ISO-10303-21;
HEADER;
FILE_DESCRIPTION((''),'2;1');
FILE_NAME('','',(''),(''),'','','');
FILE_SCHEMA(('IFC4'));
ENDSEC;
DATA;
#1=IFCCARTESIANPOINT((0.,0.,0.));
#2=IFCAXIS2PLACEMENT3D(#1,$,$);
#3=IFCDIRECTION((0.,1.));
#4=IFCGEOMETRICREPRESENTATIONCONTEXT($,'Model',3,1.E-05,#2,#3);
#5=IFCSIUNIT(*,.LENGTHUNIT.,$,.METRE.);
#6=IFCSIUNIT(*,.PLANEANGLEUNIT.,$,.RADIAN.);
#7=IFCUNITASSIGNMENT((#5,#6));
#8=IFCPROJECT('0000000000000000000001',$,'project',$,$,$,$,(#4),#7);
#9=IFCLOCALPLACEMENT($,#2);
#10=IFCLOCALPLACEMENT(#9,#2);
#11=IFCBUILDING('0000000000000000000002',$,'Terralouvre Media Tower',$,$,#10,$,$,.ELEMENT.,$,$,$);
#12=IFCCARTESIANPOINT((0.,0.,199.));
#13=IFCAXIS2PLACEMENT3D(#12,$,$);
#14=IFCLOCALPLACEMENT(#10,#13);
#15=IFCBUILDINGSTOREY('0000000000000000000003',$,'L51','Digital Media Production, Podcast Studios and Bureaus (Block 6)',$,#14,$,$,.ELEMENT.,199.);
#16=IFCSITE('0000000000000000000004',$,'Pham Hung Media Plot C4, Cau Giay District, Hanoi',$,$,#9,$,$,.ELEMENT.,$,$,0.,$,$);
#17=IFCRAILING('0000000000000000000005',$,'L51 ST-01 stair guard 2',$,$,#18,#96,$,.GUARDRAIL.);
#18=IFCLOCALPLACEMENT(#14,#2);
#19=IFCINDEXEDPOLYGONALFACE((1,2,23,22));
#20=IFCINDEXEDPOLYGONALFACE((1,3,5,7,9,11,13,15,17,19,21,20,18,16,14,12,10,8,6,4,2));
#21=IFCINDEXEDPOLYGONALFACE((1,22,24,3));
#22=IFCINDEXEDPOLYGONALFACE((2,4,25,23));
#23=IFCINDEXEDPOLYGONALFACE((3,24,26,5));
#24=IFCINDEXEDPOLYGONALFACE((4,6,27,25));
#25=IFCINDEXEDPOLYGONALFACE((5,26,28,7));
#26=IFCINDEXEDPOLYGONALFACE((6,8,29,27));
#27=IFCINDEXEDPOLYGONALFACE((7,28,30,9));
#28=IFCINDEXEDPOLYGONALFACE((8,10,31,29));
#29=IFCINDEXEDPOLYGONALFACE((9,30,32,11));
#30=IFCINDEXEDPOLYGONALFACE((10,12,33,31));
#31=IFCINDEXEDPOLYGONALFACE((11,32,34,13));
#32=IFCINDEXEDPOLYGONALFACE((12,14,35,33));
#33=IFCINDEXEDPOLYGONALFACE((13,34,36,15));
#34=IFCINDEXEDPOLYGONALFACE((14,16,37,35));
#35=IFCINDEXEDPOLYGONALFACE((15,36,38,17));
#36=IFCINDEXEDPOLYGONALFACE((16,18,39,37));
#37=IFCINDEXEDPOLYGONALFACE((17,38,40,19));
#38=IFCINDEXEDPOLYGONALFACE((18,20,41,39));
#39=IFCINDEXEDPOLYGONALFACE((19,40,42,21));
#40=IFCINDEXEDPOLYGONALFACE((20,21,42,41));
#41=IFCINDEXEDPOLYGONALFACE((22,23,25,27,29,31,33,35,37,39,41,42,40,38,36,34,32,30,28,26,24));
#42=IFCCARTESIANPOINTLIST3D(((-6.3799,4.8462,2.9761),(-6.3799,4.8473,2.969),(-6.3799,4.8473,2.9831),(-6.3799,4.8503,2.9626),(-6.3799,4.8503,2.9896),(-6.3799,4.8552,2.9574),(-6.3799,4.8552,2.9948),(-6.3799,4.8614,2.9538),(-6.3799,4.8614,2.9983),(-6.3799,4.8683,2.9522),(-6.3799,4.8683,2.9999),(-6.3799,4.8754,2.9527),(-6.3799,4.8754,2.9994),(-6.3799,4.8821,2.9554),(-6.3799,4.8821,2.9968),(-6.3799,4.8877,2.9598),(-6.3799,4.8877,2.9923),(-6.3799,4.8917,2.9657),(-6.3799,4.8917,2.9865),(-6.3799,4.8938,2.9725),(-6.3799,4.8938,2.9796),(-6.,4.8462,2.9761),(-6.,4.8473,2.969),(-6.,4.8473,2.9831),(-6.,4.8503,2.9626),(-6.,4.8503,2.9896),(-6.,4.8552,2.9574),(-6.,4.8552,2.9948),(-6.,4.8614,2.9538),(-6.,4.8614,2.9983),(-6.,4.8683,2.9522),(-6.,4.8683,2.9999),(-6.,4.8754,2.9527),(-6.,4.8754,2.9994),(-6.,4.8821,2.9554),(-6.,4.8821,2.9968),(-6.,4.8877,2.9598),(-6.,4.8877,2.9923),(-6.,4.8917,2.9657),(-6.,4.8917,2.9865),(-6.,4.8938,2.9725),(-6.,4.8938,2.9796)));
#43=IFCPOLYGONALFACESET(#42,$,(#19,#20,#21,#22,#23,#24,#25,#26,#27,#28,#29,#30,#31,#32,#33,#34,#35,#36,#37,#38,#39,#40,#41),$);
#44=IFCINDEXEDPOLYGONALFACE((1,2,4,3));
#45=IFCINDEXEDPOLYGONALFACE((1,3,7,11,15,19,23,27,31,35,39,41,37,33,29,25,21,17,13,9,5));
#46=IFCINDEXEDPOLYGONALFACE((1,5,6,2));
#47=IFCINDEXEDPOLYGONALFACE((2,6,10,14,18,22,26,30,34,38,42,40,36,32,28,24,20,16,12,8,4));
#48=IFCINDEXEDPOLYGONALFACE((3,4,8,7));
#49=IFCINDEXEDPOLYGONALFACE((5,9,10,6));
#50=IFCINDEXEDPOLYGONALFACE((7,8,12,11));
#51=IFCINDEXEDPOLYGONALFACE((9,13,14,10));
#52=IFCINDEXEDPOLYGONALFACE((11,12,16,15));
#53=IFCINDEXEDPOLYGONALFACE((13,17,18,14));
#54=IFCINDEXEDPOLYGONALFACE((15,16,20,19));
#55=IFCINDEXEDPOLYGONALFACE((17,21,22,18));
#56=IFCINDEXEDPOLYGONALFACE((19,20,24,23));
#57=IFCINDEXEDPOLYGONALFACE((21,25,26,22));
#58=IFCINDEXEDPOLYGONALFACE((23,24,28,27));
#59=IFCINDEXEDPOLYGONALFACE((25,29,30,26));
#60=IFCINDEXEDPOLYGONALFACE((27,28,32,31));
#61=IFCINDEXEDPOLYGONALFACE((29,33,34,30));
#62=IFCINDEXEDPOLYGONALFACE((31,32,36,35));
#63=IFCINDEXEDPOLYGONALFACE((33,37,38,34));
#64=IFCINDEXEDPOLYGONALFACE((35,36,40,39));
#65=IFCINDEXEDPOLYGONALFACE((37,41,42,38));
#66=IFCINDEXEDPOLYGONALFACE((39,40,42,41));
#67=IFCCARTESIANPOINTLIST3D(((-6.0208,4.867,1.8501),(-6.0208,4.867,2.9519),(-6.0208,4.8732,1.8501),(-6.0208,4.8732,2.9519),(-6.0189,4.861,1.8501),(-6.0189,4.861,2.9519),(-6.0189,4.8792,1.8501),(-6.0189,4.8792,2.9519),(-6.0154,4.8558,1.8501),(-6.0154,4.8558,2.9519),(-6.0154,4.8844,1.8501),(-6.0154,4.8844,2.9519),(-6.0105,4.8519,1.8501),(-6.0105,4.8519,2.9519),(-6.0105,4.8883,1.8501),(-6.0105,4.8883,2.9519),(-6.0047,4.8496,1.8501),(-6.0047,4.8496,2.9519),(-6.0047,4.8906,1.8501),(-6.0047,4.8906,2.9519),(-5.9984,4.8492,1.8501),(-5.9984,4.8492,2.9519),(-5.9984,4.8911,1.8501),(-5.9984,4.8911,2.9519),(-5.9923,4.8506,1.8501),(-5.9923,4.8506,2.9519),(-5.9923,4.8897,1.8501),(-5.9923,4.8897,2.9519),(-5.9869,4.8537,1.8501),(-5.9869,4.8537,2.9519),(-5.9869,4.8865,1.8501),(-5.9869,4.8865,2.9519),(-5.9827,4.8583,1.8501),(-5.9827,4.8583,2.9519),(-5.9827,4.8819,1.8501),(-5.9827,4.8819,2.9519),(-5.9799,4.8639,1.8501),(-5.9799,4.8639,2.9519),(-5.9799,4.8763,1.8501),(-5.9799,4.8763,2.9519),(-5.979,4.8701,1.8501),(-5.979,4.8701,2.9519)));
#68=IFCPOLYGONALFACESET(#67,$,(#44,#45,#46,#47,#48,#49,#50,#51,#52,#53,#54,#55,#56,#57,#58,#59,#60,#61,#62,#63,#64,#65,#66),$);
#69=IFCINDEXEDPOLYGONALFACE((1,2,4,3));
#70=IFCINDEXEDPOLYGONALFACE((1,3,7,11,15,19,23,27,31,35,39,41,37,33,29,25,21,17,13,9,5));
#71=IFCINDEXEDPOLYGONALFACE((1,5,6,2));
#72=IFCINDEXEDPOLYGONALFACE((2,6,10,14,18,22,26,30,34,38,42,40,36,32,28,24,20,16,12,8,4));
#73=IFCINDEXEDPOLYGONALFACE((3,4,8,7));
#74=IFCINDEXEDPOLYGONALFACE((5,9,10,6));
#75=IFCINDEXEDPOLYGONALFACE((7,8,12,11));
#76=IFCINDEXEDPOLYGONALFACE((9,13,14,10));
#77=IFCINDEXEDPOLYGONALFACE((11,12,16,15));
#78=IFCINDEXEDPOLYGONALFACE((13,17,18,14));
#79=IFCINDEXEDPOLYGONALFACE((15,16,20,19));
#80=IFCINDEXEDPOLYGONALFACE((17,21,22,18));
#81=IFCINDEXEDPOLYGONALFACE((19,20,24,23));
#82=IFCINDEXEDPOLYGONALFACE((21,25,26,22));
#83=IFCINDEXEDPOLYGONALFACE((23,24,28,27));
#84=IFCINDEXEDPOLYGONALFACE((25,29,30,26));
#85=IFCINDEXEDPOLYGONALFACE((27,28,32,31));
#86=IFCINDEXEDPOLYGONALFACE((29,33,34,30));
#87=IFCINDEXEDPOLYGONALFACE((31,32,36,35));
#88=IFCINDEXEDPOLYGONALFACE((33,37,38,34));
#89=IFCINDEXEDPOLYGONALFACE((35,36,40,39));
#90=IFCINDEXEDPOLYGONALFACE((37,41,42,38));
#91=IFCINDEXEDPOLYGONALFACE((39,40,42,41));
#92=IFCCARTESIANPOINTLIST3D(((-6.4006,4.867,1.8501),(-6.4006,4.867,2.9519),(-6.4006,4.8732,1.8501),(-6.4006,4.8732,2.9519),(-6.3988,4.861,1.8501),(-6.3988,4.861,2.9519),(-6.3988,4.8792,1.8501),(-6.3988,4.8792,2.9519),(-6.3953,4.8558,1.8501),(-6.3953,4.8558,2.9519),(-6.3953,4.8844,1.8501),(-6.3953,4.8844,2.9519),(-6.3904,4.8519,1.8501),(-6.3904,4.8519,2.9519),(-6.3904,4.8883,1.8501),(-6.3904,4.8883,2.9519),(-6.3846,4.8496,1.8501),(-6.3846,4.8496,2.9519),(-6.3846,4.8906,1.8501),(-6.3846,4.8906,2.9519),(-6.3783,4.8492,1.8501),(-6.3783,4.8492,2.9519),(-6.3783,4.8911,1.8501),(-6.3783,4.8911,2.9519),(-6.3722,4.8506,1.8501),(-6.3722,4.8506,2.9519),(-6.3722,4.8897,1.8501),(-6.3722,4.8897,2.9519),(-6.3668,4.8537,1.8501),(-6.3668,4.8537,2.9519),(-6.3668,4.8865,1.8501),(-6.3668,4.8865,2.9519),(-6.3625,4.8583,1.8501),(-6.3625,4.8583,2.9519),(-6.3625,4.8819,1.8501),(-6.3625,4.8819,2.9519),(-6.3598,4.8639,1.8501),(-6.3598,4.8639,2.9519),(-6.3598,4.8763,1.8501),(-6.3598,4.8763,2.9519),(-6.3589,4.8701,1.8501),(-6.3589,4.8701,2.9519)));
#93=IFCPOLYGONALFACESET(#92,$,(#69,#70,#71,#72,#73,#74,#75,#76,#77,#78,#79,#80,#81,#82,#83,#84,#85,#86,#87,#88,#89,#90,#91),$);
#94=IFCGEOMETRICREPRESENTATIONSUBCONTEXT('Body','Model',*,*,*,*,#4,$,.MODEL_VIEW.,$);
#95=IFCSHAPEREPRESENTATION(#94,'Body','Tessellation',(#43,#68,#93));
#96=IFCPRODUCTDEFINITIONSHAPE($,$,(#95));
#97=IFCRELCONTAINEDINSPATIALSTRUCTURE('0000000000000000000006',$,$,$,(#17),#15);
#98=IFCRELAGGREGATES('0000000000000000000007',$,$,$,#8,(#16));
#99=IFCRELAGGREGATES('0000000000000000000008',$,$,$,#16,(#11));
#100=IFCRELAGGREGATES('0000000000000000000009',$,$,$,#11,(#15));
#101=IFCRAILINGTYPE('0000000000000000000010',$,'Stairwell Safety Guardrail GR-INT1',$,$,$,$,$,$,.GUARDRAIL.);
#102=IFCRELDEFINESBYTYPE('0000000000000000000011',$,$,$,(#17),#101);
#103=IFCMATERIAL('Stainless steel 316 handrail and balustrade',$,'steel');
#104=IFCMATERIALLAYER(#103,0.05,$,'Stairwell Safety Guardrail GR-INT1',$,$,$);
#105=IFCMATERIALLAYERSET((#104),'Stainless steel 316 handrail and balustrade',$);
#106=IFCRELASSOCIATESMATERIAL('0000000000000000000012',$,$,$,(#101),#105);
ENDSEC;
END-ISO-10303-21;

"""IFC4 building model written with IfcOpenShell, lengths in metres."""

from ifc_helpers import new_model, si_unit, direction, frame, origin, origin_2d, place, context, subcontext, project, spatial, circle, extrude, material, layer, layer_set, type_object, element, save


model = new_model("IFC4")

# Units and contexts
model_context = context("Model", 3, precision=1e-05, world=origin(), true_north=direction((0.0, 1.0)))
body_context = subcontext(model_context, "Body", "Model", "MODEL_VIEW")
ifc_project = project(units=[si_unit("LENGTHUNIT", "METRE"), si_unit("PLANEANGLEUNIT", "RADIAN")], contexts=[model_context])

# Site, building, storey
site_placement = place(None, origin())
site = spatial("IfcSite", under=ifc_project, at=site_placement, Name="Pham Hung Media Plot C4, Cau Giay District, Hanoi", CompositionType="ELEMENT", RefElevation=0.0)
building_placement = place(site_placement, origin())
building = spatial("IfcBuilding", under=site, at=building_placement, Name="Terralouvre Media Tower", CompositionType="ELEMENT")
storey_placement = place(building_placement, frame((0.0, 0.0, 199.0)))
storey = spatial("IfcBuildingStorey", under=building, at=storey_placement, Name="L51", Description="Digital Media Production, Podcast Studios and Bureaus (Block 6)", CompositionType="ELEMENT", Elevation=199.0)

# Railing
ifc_material_1 = material(Name="Stainless steel 316 handrail and balustrade", Category="steel")
ifc_layer_1 = layer(ifc_material_1, 0.05, Name="Stairwell Safety Guardrail GR-INT1")
ifc_layer_set_1 = layer_set([ifc_layer_1], Name="Stainless steel 316 handrail and balustrade")
railing_type_1 = type_object("IfcRailingType", Name="Stairwell Safety Guardrail GR-INT1", PredefinedType="GUARDRAIL", material=ifc_layer_set_1)
railing_1_placement = place(storey_placement, frame((-6.0, 4.8701, 1.8501)))
element("IfcRailing", 1, at=railing_1_placement, inside=storey, type_object=railing_type_1, Name="L51 ST-01 stair guard 2", PredefinedType="GUARDRAIL", context=body_context, shape_type="SweptSolid", body=[
    extrude(circle(Radius=0.0239, at=origin_2d()), frame((0.0, 0.0, 1.126), z_axis=(-1.0, 0.0, 0.0), x_axis=(0.0, -1.0, 0.0)), (0.0, 0.0, 1.0), 0.3799),
    extrude(circle(Radius=0.021, at=origin_2d()), origin(), (0.0, 0.0, 1.0), 1.1018),
    extrude(circle(Radius=0.021, at=origin_2d()), frame((-0.3799, 0.0, 0.0)), (0.0, 0.0, 1.0), 1.1018),
])

save(model, "model.ifc")
